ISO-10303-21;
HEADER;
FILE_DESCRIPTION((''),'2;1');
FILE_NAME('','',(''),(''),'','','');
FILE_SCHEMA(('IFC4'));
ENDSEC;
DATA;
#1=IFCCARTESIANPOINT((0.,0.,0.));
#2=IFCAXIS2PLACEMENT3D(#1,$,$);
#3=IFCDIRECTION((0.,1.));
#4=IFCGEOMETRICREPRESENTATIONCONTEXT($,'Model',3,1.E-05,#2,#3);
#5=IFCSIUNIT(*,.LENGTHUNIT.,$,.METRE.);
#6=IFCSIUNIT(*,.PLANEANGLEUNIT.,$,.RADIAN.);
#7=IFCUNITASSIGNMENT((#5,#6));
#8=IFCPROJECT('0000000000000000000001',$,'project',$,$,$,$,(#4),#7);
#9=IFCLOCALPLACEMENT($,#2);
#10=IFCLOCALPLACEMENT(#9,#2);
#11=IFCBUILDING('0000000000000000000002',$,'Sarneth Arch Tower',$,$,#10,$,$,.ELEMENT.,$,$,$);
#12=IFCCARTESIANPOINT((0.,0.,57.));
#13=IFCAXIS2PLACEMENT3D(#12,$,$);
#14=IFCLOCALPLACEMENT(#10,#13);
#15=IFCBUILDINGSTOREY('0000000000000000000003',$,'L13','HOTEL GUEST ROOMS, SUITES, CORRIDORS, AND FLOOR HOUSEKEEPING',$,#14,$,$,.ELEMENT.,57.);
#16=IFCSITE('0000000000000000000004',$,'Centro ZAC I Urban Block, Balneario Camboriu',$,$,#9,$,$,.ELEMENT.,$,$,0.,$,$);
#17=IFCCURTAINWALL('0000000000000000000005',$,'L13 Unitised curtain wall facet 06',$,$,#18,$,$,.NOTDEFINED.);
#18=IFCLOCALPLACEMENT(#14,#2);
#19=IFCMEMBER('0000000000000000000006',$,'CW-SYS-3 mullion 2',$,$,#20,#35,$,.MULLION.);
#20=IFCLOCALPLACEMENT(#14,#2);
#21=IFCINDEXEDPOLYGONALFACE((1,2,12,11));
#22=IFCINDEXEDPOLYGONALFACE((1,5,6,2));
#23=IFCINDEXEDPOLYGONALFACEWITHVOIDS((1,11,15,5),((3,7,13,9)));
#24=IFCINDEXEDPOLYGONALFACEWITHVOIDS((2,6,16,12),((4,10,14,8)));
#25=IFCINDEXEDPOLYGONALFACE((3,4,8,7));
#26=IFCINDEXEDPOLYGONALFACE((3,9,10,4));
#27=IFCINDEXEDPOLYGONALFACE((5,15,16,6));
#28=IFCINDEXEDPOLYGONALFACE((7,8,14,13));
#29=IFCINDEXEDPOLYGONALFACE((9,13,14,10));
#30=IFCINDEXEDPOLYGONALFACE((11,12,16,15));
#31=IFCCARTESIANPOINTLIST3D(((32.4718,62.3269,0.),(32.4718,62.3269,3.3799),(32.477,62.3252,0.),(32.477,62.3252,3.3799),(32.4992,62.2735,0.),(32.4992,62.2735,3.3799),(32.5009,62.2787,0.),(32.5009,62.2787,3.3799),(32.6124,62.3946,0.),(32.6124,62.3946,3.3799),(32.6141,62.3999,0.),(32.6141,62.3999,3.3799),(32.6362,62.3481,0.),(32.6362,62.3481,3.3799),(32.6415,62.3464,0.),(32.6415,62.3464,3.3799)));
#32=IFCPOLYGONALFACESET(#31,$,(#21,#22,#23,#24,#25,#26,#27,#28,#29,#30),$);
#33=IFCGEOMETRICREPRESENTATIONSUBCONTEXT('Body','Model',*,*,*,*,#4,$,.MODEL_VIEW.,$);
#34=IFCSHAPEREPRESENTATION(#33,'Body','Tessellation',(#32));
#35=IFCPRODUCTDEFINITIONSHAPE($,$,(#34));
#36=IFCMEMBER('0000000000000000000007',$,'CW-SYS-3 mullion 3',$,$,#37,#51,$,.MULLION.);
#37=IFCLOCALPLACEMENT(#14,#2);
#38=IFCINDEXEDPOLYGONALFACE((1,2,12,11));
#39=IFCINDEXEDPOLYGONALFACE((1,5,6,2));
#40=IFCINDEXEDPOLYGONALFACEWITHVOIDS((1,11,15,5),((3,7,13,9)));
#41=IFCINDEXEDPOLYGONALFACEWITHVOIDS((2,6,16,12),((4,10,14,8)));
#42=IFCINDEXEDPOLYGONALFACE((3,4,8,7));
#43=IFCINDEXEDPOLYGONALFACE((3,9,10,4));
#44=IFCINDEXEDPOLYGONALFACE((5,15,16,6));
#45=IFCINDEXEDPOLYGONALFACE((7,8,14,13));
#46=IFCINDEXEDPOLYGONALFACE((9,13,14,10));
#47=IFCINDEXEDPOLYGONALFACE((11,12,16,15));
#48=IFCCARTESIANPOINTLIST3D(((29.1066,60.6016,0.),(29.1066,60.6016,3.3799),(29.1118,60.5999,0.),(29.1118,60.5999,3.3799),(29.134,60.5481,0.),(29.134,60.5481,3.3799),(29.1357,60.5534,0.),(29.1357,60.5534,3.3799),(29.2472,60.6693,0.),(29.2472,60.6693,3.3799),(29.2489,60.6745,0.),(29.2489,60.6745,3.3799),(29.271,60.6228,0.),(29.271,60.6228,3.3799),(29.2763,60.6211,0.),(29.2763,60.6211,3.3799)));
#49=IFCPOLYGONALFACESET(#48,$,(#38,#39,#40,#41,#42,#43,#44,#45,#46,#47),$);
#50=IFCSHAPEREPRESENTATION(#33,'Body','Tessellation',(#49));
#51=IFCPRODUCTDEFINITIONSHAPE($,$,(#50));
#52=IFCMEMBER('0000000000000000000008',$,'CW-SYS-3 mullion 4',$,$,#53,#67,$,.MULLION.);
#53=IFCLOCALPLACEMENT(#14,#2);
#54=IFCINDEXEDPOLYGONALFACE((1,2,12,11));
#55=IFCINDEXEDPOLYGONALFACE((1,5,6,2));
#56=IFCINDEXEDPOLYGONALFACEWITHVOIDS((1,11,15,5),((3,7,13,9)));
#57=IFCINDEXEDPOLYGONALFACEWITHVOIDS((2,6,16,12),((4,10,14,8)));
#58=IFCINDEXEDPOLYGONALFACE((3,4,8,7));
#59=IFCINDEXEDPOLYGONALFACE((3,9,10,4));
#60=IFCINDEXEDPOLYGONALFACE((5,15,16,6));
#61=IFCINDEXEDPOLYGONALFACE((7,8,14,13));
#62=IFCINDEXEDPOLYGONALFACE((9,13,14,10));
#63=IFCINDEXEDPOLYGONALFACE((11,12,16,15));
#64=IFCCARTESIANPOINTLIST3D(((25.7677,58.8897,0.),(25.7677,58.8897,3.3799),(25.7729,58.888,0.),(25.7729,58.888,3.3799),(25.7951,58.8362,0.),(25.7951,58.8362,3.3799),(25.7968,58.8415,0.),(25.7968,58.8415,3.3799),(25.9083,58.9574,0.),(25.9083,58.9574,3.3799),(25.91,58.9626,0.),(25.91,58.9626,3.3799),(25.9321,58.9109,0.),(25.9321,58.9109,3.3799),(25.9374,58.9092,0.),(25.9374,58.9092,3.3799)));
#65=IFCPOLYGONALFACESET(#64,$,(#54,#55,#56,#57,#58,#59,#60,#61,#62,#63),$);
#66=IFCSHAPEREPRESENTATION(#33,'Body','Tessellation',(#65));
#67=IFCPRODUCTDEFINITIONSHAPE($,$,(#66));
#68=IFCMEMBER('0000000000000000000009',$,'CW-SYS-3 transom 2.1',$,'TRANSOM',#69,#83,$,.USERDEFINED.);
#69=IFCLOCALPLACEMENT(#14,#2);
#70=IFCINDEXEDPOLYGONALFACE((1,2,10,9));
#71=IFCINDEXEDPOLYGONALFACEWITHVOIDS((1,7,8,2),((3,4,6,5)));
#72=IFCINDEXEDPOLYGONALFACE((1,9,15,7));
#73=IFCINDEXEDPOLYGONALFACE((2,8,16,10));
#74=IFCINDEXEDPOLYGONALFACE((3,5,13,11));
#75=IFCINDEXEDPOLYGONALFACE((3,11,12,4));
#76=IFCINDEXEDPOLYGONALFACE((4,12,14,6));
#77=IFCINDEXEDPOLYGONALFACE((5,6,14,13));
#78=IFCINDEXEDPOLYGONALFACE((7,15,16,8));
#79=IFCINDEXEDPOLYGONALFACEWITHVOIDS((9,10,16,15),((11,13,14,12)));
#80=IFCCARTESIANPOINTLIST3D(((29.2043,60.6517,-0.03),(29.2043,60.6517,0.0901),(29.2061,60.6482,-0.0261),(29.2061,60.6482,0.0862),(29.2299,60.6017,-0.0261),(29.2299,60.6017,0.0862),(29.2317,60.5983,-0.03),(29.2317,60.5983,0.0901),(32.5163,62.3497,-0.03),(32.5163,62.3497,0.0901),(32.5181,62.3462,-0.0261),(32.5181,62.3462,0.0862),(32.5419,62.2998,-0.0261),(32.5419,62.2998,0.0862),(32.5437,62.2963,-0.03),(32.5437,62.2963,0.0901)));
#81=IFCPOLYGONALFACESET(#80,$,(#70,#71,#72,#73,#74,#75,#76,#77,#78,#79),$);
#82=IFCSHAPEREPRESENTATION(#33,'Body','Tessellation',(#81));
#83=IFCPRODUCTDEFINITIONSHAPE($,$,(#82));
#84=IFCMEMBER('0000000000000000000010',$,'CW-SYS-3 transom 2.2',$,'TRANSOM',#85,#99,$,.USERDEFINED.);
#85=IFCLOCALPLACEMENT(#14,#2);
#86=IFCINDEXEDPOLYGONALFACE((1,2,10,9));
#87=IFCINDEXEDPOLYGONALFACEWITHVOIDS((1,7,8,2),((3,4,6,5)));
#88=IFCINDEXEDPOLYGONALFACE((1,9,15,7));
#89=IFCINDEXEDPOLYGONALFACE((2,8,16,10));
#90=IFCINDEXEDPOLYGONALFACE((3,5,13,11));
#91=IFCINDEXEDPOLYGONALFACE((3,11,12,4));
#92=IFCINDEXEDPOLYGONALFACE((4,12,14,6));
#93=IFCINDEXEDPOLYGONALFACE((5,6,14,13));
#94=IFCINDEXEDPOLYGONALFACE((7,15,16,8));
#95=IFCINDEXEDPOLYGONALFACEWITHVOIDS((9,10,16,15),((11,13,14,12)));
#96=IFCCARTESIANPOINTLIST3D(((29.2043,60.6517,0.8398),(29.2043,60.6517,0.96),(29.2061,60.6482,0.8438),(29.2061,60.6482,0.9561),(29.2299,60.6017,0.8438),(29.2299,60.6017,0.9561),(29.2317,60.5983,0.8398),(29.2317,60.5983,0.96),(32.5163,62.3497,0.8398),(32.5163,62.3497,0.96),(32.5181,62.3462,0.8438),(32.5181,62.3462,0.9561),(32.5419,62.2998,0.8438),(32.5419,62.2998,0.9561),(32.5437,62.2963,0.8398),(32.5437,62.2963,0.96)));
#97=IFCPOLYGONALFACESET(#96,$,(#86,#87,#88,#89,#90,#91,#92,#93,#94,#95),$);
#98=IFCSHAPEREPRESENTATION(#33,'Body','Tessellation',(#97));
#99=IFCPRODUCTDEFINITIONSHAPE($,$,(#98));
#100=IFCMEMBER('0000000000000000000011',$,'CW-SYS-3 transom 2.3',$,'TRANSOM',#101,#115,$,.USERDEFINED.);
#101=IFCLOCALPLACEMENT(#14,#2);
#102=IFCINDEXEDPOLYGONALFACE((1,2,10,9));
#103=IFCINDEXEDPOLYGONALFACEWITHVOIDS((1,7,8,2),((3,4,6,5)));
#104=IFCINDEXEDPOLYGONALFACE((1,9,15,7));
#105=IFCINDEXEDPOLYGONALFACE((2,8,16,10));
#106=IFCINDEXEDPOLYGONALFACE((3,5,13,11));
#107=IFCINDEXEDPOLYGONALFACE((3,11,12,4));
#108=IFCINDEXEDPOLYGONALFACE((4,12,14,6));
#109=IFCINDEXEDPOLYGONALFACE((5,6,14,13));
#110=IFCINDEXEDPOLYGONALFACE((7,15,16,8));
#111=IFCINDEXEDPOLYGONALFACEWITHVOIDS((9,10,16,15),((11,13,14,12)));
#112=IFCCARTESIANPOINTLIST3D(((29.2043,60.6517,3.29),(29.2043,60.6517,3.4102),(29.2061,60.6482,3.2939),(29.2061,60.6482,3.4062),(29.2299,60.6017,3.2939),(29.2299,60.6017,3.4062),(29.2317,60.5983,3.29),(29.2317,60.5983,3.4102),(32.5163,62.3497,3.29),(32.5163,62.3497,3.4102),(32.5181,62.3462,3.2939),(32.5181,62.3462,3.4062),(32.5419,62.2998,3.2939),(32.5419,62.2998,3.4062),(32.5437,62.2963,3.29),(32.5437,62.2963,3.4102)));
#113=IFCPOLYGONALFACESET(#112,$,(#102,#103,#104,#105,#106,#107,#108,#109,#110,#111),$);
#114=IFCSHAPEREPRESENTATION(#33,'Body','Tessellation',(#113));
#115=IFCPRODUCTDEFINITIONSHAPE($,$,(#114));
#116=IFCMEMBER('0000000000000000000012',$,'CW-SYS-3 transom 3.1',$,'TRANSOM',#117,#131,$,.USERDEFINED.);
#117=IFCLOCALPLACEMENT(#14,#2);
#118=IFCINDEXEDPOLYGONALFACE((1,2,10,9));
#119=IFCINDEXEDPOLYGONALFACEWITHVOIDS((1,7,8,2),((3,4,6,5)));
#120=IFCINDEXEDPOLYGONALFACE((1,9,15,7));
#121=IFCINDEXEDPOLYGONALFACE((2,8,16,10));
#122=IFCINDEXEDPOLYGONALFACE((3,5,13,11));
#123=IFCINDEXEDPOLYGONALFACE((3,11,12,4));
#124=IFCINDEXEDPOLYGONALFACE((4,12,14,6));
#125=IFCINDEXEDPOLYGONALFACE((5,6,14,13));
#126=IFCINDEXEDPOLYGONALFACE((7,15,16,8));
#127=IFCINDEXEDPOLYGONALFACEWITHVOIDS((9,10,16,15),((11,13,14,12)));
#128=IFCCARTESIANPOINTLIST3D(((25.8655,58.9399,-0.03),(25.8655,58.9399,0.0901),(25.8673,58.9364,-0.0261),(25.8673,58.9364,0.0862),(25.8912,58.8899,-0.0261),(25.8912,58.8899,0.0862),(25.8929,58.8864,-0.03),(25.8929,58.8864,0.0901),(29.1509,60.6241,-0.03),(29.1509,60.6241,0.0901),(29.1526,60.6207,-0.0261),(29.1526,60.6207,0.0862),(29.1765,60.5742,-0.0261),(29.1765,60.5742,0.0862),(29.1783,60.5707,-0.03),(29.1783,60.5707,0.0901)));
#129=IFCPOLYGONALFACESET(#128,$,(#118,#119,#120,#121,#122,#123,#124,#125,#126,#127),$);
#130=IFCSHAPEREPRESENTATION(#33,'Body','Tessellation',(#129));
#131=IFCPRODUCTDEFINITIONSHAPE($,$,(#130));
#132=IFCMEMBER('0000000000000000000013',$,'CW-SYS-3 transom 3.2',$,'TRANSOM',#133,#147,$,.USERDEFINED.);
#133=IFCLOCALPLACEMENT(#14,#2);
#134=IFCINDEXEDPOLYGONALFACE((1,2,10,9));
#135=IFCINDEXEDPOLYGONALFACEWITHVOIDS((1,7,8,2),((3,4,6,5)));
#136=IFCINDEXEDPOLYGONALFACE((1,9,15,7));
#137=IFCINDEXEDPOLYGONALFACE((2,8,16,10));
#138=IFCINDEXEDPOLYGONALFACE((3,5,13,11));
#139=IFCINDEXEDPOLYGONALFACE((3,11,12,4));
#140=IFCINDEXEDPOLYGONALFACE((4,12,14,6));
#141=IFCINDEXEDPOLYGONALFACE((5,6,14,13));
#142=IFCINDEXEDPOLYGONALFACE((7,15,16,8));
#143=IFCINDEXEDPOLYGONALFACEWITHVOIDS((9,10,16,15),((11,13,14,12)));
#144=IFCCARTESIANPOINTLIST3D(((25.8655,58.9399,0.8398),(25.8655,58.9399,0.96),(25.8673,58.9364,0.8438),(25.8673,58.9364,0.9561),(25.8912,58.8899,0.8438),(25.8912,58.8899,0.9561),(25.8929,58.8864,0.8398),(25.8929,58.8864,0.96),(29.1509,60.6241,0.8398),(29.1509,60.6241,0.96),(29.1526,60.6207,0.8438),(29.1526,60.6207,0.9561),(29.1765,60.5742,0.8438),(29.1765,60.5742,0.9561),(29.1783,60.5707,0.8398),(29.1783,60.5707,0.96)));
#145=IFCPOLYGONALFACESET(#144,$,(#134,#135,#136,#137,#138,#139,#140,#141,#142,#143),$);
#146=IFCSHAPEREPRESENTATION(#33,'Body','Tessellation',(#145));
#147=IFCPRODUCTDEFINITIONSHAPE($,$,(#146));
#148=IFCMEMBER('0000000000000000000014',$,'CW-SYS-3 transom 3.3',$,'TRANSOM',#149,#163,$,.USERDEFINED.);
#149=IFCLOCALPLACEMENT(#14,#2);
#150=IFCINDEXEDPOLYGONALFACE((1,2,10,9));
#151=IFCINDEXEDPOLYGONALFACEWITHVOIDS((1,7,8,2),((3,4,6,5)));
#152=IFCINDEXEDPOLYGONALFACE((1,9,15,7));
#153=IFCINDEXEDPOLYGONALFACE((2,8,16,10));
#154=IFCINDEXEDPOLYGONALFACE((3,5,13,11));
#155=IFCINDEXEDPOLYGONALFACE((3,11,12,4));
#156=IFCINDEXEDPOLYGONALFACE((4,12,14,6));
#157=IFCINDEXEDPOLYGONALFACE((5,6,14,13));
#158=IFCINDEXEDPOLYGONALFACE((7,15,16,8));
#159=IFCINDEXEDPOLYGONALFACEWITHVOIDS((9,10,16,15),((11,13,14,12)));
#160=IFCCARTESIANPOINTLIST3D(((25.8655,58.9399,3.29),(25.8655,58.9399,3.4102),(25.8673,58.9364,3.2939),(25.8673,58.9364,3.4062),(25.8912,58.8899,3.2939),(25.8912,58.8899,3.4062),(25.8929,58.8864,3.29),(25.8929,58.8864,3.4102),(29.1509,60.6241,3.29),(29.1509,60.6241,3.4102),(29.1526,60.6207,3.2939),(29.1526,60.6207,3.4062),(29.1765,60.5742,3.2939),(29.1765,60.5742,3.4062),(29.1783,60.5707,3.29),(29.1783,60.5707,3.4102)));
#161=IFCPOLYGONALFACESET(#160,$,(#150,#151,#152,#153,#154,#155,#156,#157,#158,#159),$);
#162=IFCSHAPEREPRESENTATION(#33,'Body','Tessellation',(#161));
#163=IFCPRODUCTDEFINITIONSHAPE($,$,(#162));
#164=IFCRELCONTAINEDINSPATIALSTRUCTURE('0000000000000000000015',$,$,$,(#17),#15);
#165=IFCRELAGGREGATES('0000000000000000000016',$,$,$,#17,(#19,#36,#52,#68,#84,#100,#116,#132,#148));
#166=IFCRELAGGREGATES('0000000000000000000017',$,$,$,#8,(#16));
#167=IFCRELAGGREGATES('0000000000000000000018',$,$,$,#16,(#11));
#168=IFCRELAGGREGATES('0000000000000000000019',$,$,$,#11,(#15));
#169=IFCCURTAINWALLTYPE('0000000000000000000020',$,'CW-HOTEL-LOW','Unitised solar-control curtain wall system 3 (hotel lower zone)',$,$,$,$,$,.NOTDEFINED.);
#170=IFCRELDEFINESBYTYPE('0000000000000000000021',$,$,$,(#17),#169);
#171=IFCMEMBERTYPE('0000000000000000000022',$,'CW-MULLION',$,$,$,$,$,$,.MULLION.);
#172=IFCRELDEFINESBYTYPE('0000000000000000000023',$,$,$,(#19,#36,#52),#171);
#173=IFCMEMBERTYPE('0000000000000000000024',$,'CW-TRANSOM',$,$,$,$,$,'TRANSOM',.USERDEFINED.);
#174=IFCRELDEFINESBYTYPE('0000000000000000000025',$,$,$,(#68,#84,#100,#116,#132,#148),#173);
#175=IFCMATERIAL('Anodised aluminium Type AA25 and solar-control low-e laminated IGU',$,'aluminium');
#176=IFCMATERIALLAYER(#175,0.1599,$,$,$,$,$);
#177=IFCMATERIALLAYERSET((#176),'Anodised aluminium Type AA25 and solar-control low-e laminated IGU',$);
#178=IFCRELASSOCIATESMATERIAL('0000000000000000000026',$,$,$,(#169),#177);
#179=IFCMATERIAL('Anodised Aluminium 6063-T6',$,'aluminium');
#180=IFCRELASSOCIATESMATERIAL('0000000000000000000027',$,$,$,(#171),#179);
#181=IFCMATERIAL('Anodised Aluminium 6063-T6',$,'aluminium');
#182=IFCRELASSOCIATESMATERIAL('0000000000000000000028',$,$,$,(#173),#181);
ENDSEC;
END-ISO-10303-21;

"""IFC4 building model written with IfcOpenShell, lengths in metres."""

from ifc_helpers import new_model, si_unit, direction, frame, origin, origin_2d, place, context, subcontext, project, spatial, hollow_rectangle, extrude, material, layer, layer_set, material_profile, profile_set, type_object, element, aggregate, save


model = new_model("IFC4")

# Units and contexts
model_context = context("Model", 3, precision=1e-05, world=origin(), true_north=direction((0.0, 1.0)))
body_context = subcontext(model_context, "Body", "Model", "MODEL_VIEW")
ifc_project = project(units=[si_unit("LENGTHUNIT", "METRE"), si_unit("PLANEANGLEUNIT", "RADIAN")], contexts=[model_context])

# Site, building, storey
site_placement = place(None, origin())
site = spatial("IfcSite", under=ifc_project, at=site_placement, Name="Centro ZAC I Urban Block, Balneario Camboriu", CompositionType="ELEMENT", RefElevation=0.0)
building_placement = place(site_placement, origin())
building = spatial("IfcBuilding", under=site, at=building_placement, Name="Sarneth Arch Tower", CompositionType="ELEMENT")
storey_placement = place(building_placement, frame((0.0, 0.0, 57.0)))
storey = spatial("IfcBuildingStorey", under=building, at=storey_placement, Name="L13", Description="HOTEL GUEST ROOMS, SUITES, CORRIDORS, AND FLOOR HOUSEKEEPING", CompositionType="ELEMENT", Elevation=57.0)

# Curtain wall, members
ifc_material_1 = material(Name="Anodised aluminium Type AA25 and solar-control low-e laminated IGU", Category="aluminium")
ifc_layer_1 = layer(ifc_material_1, 0.1599)
ifc_layer_set_1 = layer_set([ifc_layer_1], Name="Anodised aluminium Type AA25 and solar-control low-e laminated IGU")
curtain_wall_type = type_object("IfcCurtainWallType", Name="CW-HOTEL-LOW", Description="Unitised solar-control curtain wall system 3 (hotel lower zone)", PredefinedType="NOTDEFINED", material=ifc_layer_set_1)
curtain_wall_placement = place(storey_placement, origin())
curtain_wall = element("IfcCurtainWall", 1, at=curtain_wall_placement, inside=storey, type_object=curtain_wall_type, Name="L13 Unitised curtain wall facet 06", PredefinedType="NOTDEFINED")
ifc_material_2 = material(Name="Anodised Aluminium 6063-T6", Category="aluminium")
ifc_material_profile_1 = material_profile(ifc_material_2, hollow_rectangle(XDim=0.0601, YDim=0.1599, WallThickness=0.0039, at=origin_2d()), Name="AL-MULL-160x60x4")
ifc_profile_set_1 = profile_set([ifc_material_profile_1], Name="Anodised Aluminium 6063-T6")
member_type_1 = type_object("IfcMemberType", Name="CW-MULLION", PredefinedType="MULLION", material=ifc_profile_set_1)
member_1_placement = place(storey_placement, frame((32.5566, 62.3367, 0.0), z_axis=(0.0, 0.0, 1.0), x_axis=(0.456245, -0.889854, 0.0)))
member_1 = element("IfcMember", 2, at=member_1_placement, type_object=member_type_1, Name="CW-SYS-3 mullion 2", PredefinedType="MULLION", context=body_context, shape_type="SweptSolid", body=[
    extrude(hollow_rectangle(XDim=0.0601, YDim=0.1599, WallThickness=0.0039, at=origin_2d()), origin(), (0.0, 0.0, 1.0), 3.3799),
])
member_2_placement = place(storey_placement, frame((29.1914, 60.6113, 0.0), z_axis=(0.0, 0.0, 1.0), x_axis=(0.456245, -0.889854, 0.0)))
member_2 = element("IfcMember", 3, at=member_2_placement, type_object=member_type_1, Name="CW-SYS-3 mullion 3", PredefinedType="MULLION", context=body_context, shape_type="SweptSolid", body=[
    extrude(hollow_rectangle(XDim=0.0601, YDim=0.1599, WallThickness=0.0039, at=origin_2d()), origin(), (0.0, 0.0, 1.0), 3.3799),
])
member_3_placement = place(storey_placement, frame((25.8525, 58.8994, 0.0), z_axis=(0.0, 0.0, 1.0), x_axis=(0.456245, -0.889854, 0.0)))
member_3 = element("IfcMember", 4, at=member_3_placement, type_object=member_type_1, Name="CW-SYS-3 mullion 4", PredefinedType="MULLION", context=body_context, shape_type="SweptSolid", body=[
    extrude(hollow_rectangle(XDim=0.0601, YDim=0.1599, WallThickness=0.0039, at=origin_2d()), origin(), (0.0, 0.0, 1.0), 3.3799),
])
ifc_material_3 = material(Name="Anodised Aluminium 6063-T6", Category="aluminium")
ifc_material_profile_2 = material_profile(ifc_material_3, hollow_rectangle(XDim=0.0601, YDim=0.1201, WallThickness=0.0039, at=origin_2d()), Name="AL-TRAN-120x60x4")
ifc_profile_set_2 = profile_set([ifc_material_profile_2], Name="Anodised Aluminium 6063-T6")
member_type_2 = type_object("IfcMemberType", Name="CW-TRANSOM", ElementType="TRANSOM", PredefinedType="USERDEFINED", material=ifc_profile_set_2)
member_4_placement = place(storey_placement, frame((32.53, 62.323, 0.03), z_axis=(-0.889869, -0.456217, 0.0), x_axis=(0.456217, -0.889869, 0.0)))
member_4 = element("IfcMember", 5, at=member_4_placement, type_object=member_type_2, Name="CW-SYS-3 transom 2.1", ObjectType="TRANSOM", PredefinedType="USERDEFINED", context=body_context, shape_type="SweptSolid", body=[
    extrude(hollow_rectangle(XDim=0.0601, YDim=0.1201, WallThickness=0.0039, at=origin_2d()), origin(), (0.0, 0.0, 1.0), 3.7219),
])
member_5_placement = place(storey_placement, frame((32.53, 62.323, 0.8999), z_axis=(-0.889869, -0.456217, 0.0), x_axis=(0.456217, -0.889869, 0.0)))
member_5 = element("IfcMember", 6, at=member_5_placement, type_object=member_type_2, Name="CW-SYS-3 transom 2.2", ObjectType="TRANSOM", PredefinedType="USERDEFINED", context=body_context, shape_type="SweptSolid", body=[
    extrude(hollow_rectangle(XDim=0.0601, YDim=0.1201, WallThickness=0.0039, at=origin_2d()), origin(), (0.0, 0.0, 1.0), 3.7219),
])
member_6_placement = place(storey_placement, frame((32.53, 62.323, 3.3501), z_axis=(-0.889869, -0.456217, 0.0), x_axis=(0.456217, -0.889869, 0.0)))
member_6 = element("IfcMember", 7, at=member_6_placement, type_object=member_type_2, Name="CW-SYS-3 transom 2.3", ObjectType="TRANSOM", PredefinedType="USERDEFINED", context=body_context, shape_type="SweptSolid", body=[
    extrude(hollow_rectangle(XDim=0.0601, YDim=0.1201, WallThickness=0.0039, at=origin_2d()), origin(), (0.0, 0.0, 1.0), 3.7219),
])
member_7_placement = place(storey_placement, frame((29.1646, 60.5974, 0.03), z_axis=(-0.889872, -0.456211, 0.0), x_axis=(0.456211, -0.889872, 0.0)))
member_7 = element("IfcMember", 8, at=member_7_placement, type_object=member_type_2, Name="CW-SYS-3 transom 3.1", ObjectType="TRANSOM", PredefinedType="USERDEFINED", context=body_context, shape_type="SweptSolid", body=[
    extrude(hollow_rectangle(XDim=0.0601, YDim=0.1201, WallThickness=0.0039, at=origin_2d()), origin(), (0.0, 0.0, 1.0), 3.6919),
])
member_8_placement = place(storey_placement, frame((29.1646, 60.5974, 0.8999), z_axis=(-0.889872, -0.456211, 0.0), x_axis=(0.456211, -0.889872, 0.0)))
member_8 = element("IfcMember", 9, at=member_8_placement, type_object=member_type_2, Name="CW-SYS-3 transom 3.2", ObjectType="TRANSOM", PredefinedType="USERDEFINED", context=body_context, shape_type="SweptSolid", body=[
    extrude(hollow_rectangle(XDim=0.0601, YDim=0.1201, WallThickness=0.0039, at=origin_2d()), origin(), (0.0, 0.0, 1.0), 3.6919),
])
member_9_placement = place(storey_placement, frame((29.1646, 60.5974, 3.3501), z_axis=(-0.889872, -0.456211, 0.0), x_axis=(0.456211, -0.889872, 0.0)))
member_9 = element("IfcMember", 10, at=member_9_placement, type_object=member_type_2, Name="CW-SYS-3 transom 3.3", ObjectType="TRANSOM", PredefinedType="USERDEFINED", context=body_context, shape_type="SweptSolid", body=[
    extrude(hollow_rectangle(XDim=0.0601, YDim=0.1201, WallThickness=0.0039, at=origin_2d()), origin(), (0.0, 0.0, 1.0), 3.6919),
])

aggregate(curtain_wall, [member_1, member_2, member_3, member_4, member_5, member_6, member_7, member_8, member_9])

save(model, "model.ifc")
